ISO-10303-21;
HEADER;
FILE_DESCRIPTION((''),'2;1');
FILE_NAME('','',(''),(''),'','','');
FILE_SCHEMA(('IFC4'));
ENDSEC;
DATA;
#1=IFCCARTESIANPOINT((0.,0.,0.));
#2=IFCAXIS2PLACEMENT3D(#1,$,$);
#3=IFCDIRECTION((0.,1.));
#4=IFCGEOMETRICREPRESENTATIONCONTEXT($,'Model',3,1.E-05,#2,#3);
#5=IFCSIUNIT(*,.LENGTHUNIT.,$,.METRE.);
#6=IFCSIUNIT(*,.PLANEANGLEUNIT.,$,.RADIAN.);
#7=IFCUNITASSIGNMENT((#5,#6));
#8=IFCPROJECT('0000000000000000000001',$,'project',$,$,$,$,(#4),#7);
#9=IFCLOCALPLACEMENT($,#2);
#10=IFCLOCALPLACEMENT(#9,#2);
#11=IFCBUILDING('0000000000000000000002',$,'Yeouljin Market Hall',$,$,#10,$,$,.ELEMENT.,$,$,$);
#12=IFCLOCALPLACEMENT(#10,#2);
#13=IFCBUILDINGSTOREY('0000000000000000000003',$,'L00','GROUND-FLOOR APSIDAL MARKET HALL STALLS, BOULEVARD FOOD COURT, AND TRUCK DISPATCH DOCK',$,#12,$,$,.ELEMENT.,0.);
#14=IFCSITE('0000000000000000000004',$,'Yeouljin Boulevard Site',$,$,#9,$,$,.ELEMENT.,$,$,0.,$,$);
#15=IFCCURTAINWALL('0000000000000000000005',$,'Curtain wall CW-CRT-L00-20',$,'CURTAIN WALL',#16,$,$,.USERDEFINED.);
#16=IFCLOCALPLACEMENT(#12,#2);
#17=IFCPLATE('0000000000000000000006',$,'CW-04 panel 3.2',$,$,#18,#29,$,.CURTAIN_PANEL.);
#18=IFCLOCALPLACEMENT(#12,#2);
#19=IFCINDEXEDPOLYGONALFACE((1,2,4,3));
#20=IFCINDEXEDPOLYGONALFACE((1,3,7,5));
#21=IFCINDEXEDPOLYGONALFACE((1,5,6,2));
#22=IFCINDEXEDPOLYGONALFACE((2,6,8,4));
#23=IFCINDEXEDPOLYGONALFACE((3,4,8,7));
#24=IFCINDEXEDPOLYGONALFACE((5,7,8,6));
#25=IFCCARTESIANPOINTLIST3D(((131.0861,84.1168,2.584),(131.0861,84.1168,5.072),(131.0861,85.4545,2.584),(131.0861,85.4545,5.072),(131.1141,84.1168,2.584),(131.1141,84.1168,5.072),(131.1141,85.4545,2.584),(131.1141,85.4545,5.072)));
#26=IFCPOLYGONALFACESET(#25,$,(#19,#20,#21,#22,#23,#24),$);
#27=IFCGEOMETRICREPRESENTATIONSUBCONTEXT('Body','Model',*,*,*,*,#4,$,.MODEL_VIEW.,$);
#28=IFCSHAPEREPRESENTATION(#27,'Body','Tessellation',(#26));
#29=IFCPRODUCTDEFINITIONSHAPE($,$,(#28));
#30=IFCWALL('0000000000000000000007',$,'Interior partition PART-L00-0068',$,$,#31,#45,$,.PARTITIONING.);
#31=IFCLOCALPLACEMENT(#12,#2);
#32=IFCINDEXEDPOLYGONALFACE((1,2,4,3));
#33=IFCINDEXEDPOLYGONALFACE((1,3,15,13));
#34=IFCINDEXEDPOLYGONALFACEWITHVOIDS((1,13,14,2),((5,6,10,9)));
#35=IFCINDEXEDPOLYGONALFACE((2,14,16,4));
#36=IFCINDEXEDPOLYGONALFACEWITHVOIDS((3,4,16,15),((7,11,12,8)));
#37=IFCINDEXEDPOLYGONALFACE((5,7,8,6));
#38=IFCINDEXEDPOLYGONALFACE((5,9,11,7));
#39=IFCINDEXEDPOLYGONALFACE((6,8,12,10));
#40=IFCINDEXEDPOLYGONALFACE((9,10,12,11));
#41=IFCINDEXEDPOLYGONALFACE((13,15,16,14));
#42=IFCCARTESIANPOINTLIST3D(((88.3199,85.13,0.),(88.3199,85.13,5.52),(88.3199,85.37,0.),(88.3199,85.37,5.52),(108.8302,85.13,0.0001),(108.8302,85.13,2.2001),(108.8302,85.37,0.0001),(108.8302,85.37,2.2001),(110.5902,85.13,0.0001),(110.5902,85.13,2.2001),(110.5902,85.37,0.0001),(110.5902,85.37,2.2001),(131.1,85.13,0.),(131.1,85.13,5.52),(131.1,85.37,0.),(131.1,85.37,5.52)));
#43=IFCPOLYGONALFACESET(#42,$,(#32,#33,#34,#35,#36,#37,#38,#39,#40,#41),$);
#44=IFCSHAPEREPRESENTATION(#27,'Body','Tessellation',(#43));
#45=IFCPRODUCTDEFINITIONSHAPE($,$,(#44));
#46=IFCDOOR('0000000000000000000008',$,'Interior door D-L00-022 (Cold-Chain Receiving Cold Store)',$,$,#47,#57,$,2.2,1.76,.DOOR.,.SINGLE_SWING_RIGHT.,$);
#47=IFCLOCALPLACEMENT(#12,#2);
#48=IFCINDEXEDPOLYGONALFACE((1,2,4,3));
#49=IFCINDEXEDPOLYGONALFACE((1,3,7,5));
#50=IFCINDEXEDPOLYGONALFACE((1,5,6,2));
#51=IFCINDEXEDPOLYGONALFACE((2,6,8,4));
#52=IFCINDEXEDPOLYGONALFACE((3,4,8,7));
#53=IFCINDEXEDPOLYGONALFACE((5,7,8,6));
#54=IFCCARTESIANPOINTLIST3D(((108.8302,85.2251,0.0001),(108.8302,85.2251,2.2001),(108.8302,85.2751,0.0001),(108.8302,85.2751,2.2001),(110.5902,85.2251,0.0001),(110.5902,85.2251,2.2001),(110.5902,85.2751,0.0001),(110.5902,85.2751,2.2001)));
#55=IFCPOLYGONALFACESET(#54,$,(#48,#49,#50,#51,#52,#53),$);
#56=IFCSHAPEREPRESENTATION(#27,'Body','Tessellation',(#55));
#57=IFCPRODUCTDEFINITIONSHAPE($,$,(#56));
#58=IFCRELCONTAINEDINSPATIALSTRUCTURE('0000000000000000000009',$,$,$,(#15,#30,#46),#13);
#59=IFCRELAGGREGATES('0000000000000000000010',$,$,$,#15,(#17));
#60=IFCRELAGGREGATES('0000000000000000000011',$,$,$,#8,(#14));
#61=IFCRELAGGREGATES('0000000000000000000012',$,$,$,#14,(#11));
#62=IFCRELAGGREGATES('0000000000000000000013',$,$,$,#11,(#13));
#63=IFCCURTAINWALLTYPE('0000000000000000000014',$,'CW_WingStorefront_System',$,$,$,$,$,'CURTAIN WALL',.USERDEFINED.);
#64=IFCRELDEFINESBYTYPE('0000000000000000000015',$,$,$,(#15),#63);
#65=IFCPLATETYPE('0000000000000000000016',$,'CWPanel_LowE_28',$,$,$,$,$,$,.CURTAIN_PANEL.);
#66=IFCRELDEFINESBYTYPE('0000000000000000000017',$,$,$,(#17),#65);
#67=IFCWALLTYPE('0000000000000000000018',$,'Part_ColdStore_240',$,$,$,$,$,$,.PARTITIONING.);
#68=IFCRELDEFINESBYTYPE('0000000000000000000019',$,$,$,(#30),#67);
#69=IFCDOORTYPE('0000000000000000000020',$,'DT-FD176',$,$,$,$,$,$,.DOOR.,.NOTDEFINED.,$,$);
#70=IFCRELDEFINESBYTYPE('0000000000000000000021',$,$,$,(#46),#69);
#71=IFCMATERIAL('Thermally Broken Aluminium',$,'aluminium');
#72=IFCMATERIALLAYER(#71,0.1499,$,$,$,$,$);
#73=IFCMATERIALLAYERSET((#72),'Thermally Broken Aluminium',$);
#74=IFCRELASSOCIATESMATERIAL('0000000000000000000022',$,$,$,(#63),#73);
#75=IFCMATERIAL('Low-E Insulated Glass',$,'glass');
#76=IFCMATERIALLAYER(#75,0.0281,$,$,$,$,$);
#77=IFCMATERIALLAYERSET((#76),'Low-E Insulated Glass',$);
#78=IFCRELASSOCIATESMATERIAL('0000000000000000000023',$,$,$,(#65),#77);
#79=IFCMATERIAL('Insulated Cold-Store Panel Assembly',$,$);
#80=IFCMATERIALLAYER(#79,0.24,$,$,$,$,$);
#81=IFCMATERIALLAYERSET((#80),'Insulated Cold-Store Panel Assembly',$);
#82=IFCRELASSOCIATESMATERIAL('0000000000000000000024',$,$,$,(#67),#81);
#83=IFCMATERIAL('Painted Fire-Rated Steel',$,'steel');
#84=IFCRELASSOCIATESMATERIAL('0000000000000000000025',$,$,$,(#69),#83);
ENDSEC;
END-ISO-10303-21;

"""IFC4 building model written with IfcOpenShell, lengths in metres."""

from ifc_helpers import new_model, si_unit, direction, frame, frame_2d, origin, origin_2d, place, context, subcontext, project, spatial, rectangle, extrude, material, layer, layer_set, type_object, element, fill, aggregate, save


model = new_model("IFC4")

# Units and contexts
model_context = context("Model", 3, precision=1e-05, world=origin(), true_north=direction((0.0, 1.0)))
body_context = subcontext(model_context, "Body", "Model", "MODEL_VIEW")
ifc_project = project(units=[si_unit("LENGTHUNIT", "METRE"), si_unit("PLANEANGLEUNIT", "RADIAN")], contexts=[model_context])

# Site, building, storey
site_placement = place(None, origin())
site = spatial("IfcSite", under=ifc_project, at=site_placement, Name="Yeouljin Boulevard Site", CompositionType="ELEMENT", RefElevation=0.0)
building_placement = place(site_placement, origin())
building = spatial("IfcBuilding", under=site, at=building_placement, Name="Yeouljin Market Hall", CompositionType="ELEMENT")
storey_placement = place(building_placement, origin())
storey = spatial("IfcBuildingStorey", under=building, at=storey_placement, Name="L00", Description="GROUND-FLOOR APSIDAL MARKET HALL STALLS, BOULEVARD FOOD COURT, AND TRUCK DISPATCH DOCK", CompositionType="ELEMENT", Elevation=0.0)

# Curtain wall
ifc_material_1 = material(Name="Thermally Broken Aluminium", Category="aluminium")
ifc_layer_1 = layer(ifc_material_1, 0.1499)
ifc_layer_set_1 = layer_set([ifc_layer_1], Name="Thermally Broken Aluminium")
curtain_wall_type = type_object("IfcCurtainWallType", Name="CW_WingStorefront_System", ElementType="CURTAIN WALL", PredefinedType="USERDEFINED", material=ifc_layer_set_1)
curtain_wall_1_placement = place(storey_placement, origin())
curtain_wall_1 = element("IfcCurtainWall", 1, at=curtain_wall_1_placement, inside=storey, type_object=curtain_wall_type, Name="Curtain wall CW-CRT-L00-20", ObjectType="CURTAIN WALL", PredefinedType="USERDEFINED")

# Plate
ifc_material_2 = material(Name="Low-E Insulated Glass", Category="glass")
ifc_layer_2 = layer(ifc_material_2, 0.0281)
ifc_layer_set_2 = layer_set([ifc_layer_2], Name="Low-E Insulated Glass")
plate_type = type_object("IfcPlateType", Name="CWPanel_LowE_28", PredefinedType="CURTAIN_PANEL", material=ifc_layer_set_2)
plate_1_placement = place(storey_placement, frame((131.1001, 84.7856, 2.584), z_axis=(0.0, 0.0, 1.0), x_axis=(0.0, -1.0, 0.0)))
plate_1 = element("IfcPlate", 2, at=plate_1_placement, type_object=plate_type, Name="CW-04 panel 3.2", PredefinedType="CURTAIN_PANEL", context=body_context, shape_type="SweptSolid", body=[
    extrude(rectangle(XDim=1.3376, YDim=0.0281, at=origin_2d()), origin(), (0.0, 0.0, 1.0), 2.488),
])
aggregate(curtain_wall_1, [plate_1])

# Wall, opening, door
ifc_material_3 = material(Name="Insulated Cold-Store Panel Assembly")
ifc_layer_3 = layer(ifc_material_3, 0.24)
ifc_layer_set_3 = layer_set([ifc_layer_3], Name="Insulated Cold-Store Panel Assembly")
wall_type = type_object("IfcWallType", Name="Part_ColdStore_240", PredefinedType="PARTITIONING", material=ifc_layer_set_3)
wall_placement = place(storey_placement, frame((131.1001, 85.25, 0.0), z_axis=(0.0, 0.0, 1.0), x_axis=(-1.0, 0.0, 0.0)))
wall = element("IfcWall", 3, at=wall_placement, inside=storey, type_object=wall_type, Name="Interior partition PART-L00-0068", PredefinedType="PARTITIONING", context=body_context, shape_type="SweptSolid", body=[
    extrude(rectangle(XDim=42.78, YDim=0.24, at=frame_2d((21.3901, 0.0))), origin(), (0.0, 0.0, 1.0), 5.52),
])
opening_placement = place(wall_placement, frame((20.51, 0.0, 0.0)))
opening = element("IfcOpeningElement", 4, at=opening_placement, cuts=wall, PredefinedType="OPENING", context=body_context, shape_type="SweptSolid", body=[
    extrude(rectangle(XDim=1.76, YDim=2.2, at=frame_2d((0.8799, 1.1001))), frame((0.0, 0.1299, 0.0), z_axis=(0.0, -1.0, 0.0), x_axis=(1.0, 0.0, 0.0)), (0.0, 0.0, 1.0), 0.26),
])
ifc_material_4 = material(Name="Painted Fire-Rated Steel", Category="steel")
door_type = type_object("IfcDoorType", Name="DT-FD176", OperationType="NOTDEFINED", PredefinedType="DOOR", material=ifc_material_4)
door_placement = place(opening_placement, origin())
door = element("IfcDoor", 5, at=door_placement, inside=storey, type_object=door_type, Name="Interior door D-L00-022 (Cold-Chain Receiving Cold Store)", OperationType="SINGLE_SWING_RIGHT", OverallHeight=2.2, OverallWidth=1.76, PredefinedType="DOOR", context=body_context, shape_type="SweptSolid", body=[
    extrude(rectangle(XDim=1.76, YDim=2.2, at=frame_2d((0.8799, 1.1001))), frame((0.0, 0.0249, 0.0), z_axis=(0.0, -1.0, 0.0), x_axis=(1.0, 0.0, 0.0)), (0.0, 0.0, 1.0), 0.05),
])
fill(opening, door)

save(model, "model.ifc")
